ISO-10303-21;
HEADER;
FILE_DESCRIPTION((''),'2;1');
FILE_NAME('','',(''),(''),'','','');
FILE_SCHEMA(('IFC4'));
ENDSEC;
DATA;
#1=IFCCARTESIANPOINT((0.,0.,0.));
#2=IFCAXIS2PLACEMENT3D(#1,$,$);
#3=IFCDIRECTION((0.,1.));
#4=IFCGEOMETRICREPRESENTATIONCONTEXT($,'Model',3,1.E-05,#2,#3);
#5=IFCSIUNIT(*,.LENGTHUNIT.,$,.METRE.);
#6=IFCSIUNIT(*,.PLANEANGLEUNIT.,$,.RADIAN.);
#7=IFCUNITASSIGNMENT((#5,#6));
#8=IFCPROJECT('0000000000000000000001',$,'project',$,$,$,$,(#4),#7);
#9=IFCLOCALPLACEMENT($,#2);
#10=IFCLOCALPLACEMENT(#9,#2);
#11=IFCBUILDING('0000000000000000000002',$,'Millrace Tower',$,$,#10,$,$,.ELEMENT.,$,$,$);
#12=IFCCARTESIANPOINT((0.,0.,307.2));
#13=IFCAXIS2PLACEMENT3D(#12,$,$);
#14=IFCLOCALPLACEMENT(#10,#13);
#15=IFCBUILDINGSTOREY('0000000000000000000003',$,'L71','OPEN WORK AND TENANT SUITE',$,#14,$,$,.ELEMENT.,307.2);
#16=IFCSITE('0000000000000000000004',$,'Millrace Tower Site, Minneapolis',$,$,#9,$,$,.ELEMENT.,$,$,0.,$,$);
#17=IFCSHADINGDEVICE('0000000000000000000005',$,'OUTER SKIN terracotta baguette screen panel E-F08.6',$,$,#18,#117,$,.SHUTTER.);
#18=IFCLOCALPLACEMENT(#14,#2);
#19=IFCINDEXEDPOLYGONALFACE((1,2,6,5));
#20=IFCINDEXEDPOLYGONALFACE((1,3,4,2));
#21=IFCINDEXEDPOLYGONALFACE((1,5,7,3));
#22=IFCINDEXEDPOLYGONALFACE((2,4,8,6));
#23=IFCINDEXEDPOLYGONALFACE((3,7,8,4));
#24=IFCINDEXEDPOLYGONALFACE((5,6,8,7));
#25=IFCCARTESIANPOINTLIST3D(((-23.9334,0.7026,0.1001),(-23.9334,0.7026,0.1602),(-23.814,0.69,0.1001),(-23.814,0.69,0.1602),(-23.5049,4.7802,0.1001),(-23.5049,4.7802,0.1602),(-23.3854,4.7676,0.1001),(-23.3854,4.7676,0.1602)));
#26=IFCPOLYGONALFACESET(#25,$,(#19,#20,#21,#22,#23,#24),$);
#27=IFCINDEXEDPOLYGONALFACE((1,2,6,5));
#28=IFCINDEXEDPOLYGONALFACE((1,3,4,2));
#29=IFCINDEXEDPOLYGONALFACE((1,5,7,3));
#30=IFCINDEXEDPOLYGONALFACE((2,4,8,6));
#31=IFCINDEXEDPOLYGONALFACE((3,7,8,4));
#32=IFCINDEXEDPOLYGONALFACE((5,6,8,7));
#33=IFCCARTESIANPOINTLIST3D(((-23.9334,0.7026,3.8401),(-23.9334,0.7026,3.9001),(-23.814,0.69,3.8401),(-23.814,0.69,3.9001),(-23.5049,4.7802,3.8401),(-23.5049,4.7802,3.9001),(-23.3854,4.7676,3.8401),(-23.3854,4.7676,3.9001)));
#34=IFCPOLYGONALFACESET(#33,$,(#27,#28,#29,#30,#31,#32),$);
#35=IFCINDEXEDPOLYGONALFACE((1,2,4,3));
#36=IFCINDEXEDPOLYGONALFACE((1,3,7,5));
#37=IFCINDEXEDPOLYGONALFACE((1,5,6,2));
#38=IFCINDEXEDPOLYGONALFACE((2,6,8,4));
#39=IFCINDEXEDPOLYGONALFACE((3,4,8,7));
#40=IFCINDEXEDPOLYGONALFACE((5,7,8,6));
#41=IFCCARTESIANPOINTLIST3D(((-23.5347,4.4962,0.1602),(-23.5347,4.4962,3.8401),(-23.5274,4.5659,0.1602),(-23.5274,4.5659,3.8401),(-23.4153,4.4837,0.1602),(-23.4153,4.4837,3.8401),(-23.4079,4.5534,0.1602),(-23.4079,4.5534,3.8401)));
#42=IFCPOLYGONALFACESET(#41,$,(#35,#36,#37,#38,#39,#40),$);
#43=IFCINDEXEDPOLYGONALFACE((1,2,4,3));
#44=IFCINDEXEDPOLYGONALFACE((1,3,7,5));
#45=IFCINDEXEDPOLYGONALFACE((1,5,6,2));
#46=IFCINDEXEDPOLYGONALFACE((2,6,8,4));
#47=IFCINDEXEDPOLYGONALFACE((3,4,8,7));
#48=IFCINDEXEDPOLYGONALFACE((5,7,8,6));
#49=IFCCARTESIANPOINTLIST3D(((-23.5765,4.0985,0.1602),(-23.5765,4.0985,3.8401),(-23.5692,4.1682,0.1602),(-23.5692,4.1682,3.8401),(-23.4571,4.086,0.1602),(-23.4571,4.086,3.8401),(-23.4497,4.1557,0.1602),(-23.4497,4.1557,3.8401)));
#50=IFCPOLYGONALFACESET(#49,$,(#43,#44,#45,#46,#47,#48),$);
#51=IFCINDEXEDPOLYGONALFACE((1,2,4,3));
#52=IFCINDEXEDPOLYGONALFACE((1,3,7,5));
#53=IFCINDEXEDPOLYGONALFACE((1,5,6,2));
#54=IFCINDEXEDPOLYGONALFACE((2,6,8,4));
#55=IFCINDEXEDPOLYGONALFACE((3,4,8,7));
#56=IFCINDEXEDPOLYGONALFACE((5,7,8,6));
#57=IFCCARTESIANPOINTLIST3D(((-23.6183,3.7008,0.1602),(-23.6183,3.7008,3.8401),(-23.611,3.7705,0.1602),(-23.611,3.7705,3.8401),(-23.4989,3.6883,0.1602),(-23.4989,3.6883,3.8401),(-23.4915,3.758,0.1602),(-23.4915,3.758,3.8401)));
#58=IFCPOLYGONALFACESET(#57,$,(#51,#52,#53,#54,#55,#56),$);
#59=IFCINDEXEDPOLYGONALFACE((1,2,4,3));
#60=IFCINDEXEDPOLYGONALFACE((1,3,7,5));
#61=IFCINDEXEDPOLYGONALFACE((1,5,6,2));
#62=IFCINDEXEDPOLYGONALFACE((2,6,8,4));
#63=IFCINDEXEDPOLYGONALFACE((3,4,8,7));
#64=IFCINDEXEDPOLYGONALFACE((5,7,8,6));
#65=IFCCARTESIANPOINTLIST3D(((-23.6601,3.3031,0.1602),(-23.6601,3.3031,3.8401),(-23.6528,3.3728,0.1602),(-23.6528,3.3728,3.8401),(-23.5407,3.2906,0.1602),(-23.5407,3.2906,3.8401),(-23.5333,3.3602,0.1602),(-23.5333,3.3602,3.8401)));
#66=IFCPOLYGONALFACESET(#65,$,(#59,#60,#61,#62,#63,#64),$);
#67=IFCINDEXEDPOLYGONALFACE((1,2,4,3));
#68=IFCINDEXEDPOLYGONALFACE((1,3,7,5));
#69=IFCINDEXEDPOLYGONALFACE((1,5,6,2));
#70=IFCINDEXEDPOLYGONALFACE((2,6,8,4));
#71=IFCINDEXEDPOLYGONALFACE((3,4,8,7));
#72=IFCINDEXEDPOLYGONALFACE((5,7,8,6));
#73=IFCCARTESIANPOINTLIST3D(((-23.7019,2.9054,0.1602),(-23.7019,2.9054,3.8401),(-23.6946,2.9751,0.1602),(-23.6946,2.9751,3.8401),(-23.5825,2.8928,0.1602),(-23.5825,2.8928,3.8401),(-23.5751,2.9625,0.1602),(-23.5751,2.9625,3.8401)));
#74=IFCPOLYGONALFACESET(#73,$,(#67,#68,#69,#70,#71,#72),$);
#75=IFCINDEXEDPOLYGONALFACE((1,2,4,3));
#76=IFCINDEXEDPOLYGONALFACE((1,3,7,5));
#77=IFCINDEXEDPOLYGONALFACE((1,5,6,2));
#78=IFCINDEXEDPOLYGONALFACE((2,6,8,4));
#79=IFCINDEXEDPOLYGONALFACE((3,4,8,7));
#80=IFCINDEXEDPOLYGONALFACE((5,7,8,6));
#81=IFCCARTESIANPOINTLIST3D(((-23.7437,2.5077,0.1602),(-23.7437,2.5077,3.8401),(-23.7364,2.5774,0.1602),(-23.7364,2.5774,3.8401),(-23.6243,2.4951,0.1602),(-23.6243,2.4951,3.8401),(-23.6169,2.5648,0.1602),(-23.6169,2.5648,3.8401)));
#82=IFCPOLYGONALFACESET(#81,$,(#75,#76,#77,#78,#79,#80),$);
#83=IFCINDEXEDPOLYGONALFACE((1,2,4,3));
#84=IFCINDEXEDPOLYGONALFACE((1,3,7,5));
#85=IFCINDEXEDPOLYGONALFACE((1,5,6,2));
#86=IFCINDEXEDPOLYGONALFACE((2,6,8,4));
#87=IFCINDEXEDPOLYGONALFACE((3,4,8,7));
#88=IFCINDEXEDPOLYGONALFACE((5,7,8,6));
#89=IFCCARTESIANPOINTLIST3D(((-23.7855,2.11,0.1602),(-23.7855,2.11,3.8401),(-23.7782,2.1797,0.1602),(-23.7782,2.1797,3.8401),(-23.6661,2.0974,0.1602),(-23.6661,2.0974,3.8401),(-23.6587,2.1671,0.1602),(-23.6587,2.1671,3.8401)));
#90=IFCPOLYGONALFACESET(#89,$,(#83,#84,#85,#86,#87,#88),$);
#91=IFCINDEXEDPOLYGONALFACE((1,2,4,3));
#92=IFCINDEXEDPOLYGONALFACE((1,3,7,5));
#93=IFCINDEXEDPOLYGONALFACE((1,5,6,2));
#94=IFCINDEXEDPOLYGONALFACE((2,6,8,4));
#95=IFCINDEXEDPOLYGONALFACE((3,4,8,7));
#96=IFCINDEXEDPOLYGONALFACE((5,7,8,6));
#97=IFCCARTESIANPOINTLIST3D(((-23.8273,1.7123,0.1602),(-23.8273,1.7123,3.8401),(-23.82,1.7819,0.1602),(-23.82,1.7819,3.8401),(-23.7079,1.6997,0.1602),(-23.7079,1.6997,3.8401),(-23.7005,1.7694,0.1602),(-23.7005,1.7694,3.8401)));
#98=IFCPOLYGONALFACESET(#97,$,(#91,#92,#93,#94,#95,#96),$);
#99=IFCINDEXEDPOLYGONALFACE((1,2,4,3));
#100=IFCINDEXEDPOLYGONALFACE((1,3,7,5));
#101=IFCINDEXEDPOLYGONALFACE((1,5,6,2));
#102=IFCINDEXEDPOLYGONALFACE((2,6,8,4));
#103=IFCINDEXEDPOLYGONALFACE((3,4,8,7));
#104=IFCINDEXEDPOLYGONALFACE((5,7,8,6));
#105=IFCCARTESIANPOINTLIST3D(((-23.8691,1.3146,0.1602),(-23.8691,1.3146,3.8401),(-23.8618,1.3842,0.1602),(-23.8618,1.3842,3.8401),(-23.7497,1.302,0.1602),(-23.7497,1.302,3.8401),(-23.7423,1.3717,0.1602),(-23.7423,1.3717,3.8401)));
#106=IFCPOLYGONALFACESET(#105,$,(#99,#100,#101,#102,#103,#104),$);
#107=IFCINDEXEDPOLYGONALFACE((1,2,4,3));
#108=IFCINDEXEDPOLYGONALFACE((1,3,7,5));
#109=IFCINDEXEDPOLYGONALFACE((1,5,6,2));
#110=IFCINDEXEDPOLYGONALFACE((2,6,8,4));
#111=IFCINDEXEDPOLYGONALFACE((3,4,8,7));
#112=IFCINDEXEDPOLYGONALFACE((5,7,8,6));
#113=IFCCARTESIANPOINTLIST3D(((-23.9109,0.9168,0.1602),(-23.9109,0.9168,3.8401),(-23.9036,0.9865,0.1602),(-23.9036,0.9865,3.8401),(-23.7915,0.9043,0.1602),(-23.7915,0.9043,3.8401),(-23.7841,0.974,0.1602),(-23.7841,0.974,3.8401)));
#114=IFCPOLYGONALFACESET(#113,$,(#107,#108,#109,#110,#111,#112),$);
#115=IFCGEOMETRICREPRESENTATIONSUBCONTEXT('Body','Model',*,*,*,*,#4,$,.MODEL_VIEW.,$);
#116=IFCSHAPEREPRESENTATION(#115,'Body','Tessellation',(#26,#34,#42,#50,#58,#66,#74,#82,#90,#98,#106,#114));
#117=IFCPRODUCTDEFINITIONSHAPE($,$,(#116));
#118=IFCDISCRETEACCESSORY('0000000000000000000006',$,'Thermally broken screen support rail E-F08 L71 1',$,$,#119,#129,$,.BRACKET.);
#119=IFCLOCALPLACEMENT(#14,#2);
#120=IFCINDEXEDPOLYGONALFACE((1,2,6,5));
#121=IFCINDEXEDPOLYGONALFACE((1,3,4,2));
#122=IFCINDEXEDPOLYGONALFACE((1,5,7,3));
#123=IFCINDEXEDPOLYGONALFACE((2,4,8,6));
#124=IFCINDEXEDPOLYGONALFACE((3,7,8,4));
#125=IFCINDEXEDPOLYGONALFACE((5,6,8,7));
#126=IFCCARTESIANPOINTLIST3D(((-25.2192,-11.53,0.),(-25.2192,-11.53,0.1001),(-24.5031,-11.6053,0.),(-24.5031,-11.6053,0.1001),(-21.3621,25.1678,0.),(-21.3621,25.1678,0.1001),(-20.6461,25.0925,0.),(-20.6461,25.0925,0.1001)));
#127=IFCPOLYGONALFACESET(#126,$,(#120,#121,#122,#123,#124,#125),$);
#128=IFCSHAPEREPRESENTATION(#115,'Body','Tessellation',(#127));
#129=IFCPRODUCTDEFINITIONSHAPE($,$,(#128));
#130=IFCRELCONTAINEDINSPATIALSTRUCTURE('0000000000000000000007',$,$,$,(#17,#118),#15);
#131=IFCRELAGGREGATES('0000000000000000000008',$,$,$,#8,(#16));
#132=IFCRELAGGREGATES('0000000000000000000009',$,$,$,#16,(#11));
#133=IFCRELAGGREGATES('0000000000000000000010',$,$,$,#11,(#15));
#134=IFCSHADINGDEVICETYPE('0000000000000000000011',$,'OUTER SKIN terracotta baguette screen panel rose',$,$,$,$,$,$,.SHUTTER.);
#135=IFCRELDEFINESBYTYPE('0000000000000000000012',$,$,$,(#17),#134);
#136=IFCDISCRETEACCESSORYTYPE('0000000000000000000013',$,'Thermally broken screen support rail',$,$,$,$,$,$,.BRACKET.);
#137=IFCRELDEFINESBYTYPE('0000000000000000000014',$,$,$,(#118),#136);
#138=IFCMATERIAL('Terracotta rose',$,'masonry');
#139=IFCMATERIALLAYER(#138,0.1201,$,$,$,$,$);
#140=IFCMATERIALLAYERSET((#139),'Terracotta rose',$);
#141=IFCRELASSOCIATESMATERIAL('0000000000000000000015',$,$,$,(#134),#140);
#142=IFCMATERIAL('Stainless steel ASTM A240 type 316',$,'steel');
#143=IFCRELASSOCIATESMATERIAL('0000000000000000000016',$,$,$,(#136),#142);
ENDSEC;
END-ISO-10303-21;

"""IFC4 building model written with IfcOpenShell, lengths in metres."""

from ifc_helpers import new_model, entity, si_unit, direction, frame, frame_2d, origin, origin_2d, place, context, subcontext, project, spatial, rectangle, extrude, source, transform, mapped, material, layer, layer_set, type_object, element, save


model = new_model("IFC4")

# Units and contexts
model_context = context("Model", 3, precision=1e-05, world=origin(), true_north=direction((0.0, 1.0)))
body_context = subcontext(model_context, "Body", "Model", "MODEL_VIEW")
ifc_project = project(units=[si_unit("LENGTHUNIT", "METRE"), si_unit("PLANEANGLEUNIT", "RADIAN")], contexts=[model_context])

# Site, building, storey
site_placement = place(None, origin())
site = spatial("IfcSite", under=ifc_project, at=site_placement, Name="Millrace Tower Site, Minneapolis", CompositionType="ELEMENT", RefElevation=0.0)
building_placement = place(site_placement, origin())
building = spatial("IfcBuilding", under=site, at=building_placement, Name="Millrace Tower", CompositionType="ELEMENT")
storey_placement = place(building_placement, frame((0.0, 0.0, 307.2)))
storey = spatial("IfcBuildingStorey", under=building, at=storey_placement, Name="L71", Description="OPEN WORK AND TENANT SUITE", CompositionType="ELEMENT", Elevation=307.2)

# Shading device
ifc_material_1 = material(Name="Terracotta rose", Category="masonry")
ifc_layer_1 = layer(ifc_material_1, 0.1201)
ifc_layer_set_1 = layer_set([ifc_layer_1], Name="Terracotta rose")
shading_device_type = type_object("IfcShadingDeviceType", Name="OUTER SKIN terracotta baguette screen panel rose", PredefinedType="SHUTTER", material=ifc_layer_set_1)
cartesian_point = entity("IfcCartesianPoint", [-2.05, 0.0601])
shared_polyline = entity("IfcPolyline", [cartesian_point, entity("IfcCartesianPoint", [2.05, 0.0601]), entity("IfcCartesianPoint", [2.05, -0.0601]), entity("IfcCartesianPoint", [-2.05, -0.0601]), cartesian_point])
shared_shape = source(origin(), body_context, "Body", "SweptSolid", [
    entity("IfcExtrudedAreaSolid", entity("IfcArbitraryClosedProfileDef", "AREA", None, shared_polyline), entity("IfcAxis2Placement3D", entity("IfcCartesianPoint", [0.0, 0.0, 0.0])), entity("IfcDirection", [0.0, 0.0, 1.0]), 0.0601),
    entity("IfcExtrudedAreaSolid", entity("IfcArbitraryClosedProfileDef", "AREA", None, shared_polyline), entity("IfcAxis2Placement3D", entity("IfcCartesianPoint", [0.0, 0.0, 3.74])), entity("IfcDirection", [0.0, 0.0, 1.0]), 0.0601),
    extrude(rectangle(XDim=0.0701, YDim=0.1201, at=frame_2d((-1.7996, 0.0))), frame((0.0, 0.0, 0.0601)), (0.0, 0.0, 1.0), 3.6799),
    extrude(rectangle(XDim=0.0701, YDim=0.1201, at=frame_2d((-1.3997, 0.0))), frame((0.0, 0.0, 0.0601)), (0.0, 0.0, 1.0), 3.6799),
    extrude(rectangle(XDim=0.0701, YDim=0.1201, at=frame_2d((-0.9998, 0.0))), frame((0.0, 0.0, 0.0601)), (0.0, 0.0, 1.0), 3.6799),
    extrude(rectangle(XDim=0.0701, YDim=0.1201, at=frame_2d((-0.5999, 0.0))), frame((0.0, 0.0, 0.0601)), (0.0, 0.0, 1.0), 3.6799),
    extrude(rectangle(XDim=0.0701, YDim=0.1201, at=frame_2d((-0.2, 0.0))), frame((0.0, 0.0, 0.0601)), (0.0, 0.0, 1.0), 3.6799),
    extrude(rectangle(XDim=0.0701, YDim=0.1201, at=frame_2d((0.2, 0.0))), frame((0.0, 0.0, 0.0601)), (0.0, 0.0, 1.0), 3.6799),
    extrude(rectangle(XDim=0.0701, YDim=0.1201, at=frame_2d((0.5999, 0.0))), frame((0.0, 0.0, 0.0601)), (0.0, 0.0, 1.0), 3.6799),
    extrude(rectangle(XDim=0.0701, YDim=0.1201, at=frame_2d((0.9998, 0.0))), frame((0.0, 0.0, 0.0601)), (0.0, 0.0, 1.0), 3.6799),
    extrude(rectangle(XDim=0.0701, YDim=0.1201, at=frame_2d((1.3997, 0.0))), frame((0.0, 0.0, 0.0601)), (0.0, 0.0, 1.0), 3.6799),
    extrude(rectangle(XDim=0.0701, YDim=0.1201, at=frame_2d((1.7996, 0.0))), frame((0.0, 0.0, 0.0601)), (0.0, 0.0, 1.0), 3.6799),
])
for number, where, z_axis, x_axis, name in (
    (1, (-23.6594, 2.7351, 0.1001), (0.0, 0.0, 1.0), (-0.104528, -0.994522, 0.0), "OUTER SKIN terracotta baguette screen panel E-F08.6"),
):
    element("IfcShadingDevice", number, at=place(storey_placement, frame(where, z_axis=z_axis, x_axis=x_axis)), inside=storey, type_object=shading_device_type, Name=name, PredefinedType="SHUTTER", context=body_context, shape_type="MappedRepresentation", body=[
        mapped(shared_shape, transform((0.0, 0.0, 0.0), scale=1.0)),
    ])

# Discrete accessory
ifc_material_2 = material(Name="Stainless steel ASTM A240 type 316", Category="steel")
discrete_accessory_type = type_object("IfcDiscreteAccessoryType", Name="Thermally broken screen support rail", PredefinedType="BRACKET", material=ifc_material_2)
discrete_accessory_placement = place(storey_placement, frame((-22.9326, 6.7812, 0.0), z_axis=(0.0, 0.0, 1.0), x_axis=(-0.104528, -0.994522, 0.0)))
element("IfcDiscreteAccessory", 2, at=discrete_accessory_placement, inside=storey, type_object=discrete_accessory_type, Name="Thermally broken screen support rail E-F08 L71 1", PredefinedType="BRACKET", context=body_context, shape_type="SweptSolid", body=[
    extrude(rectangle(XDim=36.8999, YDim=0.72, at=origin_2d()), origin(), (0.0, 0.0, 1.0), 0.1001),
])

save(model, "model.ifc")
